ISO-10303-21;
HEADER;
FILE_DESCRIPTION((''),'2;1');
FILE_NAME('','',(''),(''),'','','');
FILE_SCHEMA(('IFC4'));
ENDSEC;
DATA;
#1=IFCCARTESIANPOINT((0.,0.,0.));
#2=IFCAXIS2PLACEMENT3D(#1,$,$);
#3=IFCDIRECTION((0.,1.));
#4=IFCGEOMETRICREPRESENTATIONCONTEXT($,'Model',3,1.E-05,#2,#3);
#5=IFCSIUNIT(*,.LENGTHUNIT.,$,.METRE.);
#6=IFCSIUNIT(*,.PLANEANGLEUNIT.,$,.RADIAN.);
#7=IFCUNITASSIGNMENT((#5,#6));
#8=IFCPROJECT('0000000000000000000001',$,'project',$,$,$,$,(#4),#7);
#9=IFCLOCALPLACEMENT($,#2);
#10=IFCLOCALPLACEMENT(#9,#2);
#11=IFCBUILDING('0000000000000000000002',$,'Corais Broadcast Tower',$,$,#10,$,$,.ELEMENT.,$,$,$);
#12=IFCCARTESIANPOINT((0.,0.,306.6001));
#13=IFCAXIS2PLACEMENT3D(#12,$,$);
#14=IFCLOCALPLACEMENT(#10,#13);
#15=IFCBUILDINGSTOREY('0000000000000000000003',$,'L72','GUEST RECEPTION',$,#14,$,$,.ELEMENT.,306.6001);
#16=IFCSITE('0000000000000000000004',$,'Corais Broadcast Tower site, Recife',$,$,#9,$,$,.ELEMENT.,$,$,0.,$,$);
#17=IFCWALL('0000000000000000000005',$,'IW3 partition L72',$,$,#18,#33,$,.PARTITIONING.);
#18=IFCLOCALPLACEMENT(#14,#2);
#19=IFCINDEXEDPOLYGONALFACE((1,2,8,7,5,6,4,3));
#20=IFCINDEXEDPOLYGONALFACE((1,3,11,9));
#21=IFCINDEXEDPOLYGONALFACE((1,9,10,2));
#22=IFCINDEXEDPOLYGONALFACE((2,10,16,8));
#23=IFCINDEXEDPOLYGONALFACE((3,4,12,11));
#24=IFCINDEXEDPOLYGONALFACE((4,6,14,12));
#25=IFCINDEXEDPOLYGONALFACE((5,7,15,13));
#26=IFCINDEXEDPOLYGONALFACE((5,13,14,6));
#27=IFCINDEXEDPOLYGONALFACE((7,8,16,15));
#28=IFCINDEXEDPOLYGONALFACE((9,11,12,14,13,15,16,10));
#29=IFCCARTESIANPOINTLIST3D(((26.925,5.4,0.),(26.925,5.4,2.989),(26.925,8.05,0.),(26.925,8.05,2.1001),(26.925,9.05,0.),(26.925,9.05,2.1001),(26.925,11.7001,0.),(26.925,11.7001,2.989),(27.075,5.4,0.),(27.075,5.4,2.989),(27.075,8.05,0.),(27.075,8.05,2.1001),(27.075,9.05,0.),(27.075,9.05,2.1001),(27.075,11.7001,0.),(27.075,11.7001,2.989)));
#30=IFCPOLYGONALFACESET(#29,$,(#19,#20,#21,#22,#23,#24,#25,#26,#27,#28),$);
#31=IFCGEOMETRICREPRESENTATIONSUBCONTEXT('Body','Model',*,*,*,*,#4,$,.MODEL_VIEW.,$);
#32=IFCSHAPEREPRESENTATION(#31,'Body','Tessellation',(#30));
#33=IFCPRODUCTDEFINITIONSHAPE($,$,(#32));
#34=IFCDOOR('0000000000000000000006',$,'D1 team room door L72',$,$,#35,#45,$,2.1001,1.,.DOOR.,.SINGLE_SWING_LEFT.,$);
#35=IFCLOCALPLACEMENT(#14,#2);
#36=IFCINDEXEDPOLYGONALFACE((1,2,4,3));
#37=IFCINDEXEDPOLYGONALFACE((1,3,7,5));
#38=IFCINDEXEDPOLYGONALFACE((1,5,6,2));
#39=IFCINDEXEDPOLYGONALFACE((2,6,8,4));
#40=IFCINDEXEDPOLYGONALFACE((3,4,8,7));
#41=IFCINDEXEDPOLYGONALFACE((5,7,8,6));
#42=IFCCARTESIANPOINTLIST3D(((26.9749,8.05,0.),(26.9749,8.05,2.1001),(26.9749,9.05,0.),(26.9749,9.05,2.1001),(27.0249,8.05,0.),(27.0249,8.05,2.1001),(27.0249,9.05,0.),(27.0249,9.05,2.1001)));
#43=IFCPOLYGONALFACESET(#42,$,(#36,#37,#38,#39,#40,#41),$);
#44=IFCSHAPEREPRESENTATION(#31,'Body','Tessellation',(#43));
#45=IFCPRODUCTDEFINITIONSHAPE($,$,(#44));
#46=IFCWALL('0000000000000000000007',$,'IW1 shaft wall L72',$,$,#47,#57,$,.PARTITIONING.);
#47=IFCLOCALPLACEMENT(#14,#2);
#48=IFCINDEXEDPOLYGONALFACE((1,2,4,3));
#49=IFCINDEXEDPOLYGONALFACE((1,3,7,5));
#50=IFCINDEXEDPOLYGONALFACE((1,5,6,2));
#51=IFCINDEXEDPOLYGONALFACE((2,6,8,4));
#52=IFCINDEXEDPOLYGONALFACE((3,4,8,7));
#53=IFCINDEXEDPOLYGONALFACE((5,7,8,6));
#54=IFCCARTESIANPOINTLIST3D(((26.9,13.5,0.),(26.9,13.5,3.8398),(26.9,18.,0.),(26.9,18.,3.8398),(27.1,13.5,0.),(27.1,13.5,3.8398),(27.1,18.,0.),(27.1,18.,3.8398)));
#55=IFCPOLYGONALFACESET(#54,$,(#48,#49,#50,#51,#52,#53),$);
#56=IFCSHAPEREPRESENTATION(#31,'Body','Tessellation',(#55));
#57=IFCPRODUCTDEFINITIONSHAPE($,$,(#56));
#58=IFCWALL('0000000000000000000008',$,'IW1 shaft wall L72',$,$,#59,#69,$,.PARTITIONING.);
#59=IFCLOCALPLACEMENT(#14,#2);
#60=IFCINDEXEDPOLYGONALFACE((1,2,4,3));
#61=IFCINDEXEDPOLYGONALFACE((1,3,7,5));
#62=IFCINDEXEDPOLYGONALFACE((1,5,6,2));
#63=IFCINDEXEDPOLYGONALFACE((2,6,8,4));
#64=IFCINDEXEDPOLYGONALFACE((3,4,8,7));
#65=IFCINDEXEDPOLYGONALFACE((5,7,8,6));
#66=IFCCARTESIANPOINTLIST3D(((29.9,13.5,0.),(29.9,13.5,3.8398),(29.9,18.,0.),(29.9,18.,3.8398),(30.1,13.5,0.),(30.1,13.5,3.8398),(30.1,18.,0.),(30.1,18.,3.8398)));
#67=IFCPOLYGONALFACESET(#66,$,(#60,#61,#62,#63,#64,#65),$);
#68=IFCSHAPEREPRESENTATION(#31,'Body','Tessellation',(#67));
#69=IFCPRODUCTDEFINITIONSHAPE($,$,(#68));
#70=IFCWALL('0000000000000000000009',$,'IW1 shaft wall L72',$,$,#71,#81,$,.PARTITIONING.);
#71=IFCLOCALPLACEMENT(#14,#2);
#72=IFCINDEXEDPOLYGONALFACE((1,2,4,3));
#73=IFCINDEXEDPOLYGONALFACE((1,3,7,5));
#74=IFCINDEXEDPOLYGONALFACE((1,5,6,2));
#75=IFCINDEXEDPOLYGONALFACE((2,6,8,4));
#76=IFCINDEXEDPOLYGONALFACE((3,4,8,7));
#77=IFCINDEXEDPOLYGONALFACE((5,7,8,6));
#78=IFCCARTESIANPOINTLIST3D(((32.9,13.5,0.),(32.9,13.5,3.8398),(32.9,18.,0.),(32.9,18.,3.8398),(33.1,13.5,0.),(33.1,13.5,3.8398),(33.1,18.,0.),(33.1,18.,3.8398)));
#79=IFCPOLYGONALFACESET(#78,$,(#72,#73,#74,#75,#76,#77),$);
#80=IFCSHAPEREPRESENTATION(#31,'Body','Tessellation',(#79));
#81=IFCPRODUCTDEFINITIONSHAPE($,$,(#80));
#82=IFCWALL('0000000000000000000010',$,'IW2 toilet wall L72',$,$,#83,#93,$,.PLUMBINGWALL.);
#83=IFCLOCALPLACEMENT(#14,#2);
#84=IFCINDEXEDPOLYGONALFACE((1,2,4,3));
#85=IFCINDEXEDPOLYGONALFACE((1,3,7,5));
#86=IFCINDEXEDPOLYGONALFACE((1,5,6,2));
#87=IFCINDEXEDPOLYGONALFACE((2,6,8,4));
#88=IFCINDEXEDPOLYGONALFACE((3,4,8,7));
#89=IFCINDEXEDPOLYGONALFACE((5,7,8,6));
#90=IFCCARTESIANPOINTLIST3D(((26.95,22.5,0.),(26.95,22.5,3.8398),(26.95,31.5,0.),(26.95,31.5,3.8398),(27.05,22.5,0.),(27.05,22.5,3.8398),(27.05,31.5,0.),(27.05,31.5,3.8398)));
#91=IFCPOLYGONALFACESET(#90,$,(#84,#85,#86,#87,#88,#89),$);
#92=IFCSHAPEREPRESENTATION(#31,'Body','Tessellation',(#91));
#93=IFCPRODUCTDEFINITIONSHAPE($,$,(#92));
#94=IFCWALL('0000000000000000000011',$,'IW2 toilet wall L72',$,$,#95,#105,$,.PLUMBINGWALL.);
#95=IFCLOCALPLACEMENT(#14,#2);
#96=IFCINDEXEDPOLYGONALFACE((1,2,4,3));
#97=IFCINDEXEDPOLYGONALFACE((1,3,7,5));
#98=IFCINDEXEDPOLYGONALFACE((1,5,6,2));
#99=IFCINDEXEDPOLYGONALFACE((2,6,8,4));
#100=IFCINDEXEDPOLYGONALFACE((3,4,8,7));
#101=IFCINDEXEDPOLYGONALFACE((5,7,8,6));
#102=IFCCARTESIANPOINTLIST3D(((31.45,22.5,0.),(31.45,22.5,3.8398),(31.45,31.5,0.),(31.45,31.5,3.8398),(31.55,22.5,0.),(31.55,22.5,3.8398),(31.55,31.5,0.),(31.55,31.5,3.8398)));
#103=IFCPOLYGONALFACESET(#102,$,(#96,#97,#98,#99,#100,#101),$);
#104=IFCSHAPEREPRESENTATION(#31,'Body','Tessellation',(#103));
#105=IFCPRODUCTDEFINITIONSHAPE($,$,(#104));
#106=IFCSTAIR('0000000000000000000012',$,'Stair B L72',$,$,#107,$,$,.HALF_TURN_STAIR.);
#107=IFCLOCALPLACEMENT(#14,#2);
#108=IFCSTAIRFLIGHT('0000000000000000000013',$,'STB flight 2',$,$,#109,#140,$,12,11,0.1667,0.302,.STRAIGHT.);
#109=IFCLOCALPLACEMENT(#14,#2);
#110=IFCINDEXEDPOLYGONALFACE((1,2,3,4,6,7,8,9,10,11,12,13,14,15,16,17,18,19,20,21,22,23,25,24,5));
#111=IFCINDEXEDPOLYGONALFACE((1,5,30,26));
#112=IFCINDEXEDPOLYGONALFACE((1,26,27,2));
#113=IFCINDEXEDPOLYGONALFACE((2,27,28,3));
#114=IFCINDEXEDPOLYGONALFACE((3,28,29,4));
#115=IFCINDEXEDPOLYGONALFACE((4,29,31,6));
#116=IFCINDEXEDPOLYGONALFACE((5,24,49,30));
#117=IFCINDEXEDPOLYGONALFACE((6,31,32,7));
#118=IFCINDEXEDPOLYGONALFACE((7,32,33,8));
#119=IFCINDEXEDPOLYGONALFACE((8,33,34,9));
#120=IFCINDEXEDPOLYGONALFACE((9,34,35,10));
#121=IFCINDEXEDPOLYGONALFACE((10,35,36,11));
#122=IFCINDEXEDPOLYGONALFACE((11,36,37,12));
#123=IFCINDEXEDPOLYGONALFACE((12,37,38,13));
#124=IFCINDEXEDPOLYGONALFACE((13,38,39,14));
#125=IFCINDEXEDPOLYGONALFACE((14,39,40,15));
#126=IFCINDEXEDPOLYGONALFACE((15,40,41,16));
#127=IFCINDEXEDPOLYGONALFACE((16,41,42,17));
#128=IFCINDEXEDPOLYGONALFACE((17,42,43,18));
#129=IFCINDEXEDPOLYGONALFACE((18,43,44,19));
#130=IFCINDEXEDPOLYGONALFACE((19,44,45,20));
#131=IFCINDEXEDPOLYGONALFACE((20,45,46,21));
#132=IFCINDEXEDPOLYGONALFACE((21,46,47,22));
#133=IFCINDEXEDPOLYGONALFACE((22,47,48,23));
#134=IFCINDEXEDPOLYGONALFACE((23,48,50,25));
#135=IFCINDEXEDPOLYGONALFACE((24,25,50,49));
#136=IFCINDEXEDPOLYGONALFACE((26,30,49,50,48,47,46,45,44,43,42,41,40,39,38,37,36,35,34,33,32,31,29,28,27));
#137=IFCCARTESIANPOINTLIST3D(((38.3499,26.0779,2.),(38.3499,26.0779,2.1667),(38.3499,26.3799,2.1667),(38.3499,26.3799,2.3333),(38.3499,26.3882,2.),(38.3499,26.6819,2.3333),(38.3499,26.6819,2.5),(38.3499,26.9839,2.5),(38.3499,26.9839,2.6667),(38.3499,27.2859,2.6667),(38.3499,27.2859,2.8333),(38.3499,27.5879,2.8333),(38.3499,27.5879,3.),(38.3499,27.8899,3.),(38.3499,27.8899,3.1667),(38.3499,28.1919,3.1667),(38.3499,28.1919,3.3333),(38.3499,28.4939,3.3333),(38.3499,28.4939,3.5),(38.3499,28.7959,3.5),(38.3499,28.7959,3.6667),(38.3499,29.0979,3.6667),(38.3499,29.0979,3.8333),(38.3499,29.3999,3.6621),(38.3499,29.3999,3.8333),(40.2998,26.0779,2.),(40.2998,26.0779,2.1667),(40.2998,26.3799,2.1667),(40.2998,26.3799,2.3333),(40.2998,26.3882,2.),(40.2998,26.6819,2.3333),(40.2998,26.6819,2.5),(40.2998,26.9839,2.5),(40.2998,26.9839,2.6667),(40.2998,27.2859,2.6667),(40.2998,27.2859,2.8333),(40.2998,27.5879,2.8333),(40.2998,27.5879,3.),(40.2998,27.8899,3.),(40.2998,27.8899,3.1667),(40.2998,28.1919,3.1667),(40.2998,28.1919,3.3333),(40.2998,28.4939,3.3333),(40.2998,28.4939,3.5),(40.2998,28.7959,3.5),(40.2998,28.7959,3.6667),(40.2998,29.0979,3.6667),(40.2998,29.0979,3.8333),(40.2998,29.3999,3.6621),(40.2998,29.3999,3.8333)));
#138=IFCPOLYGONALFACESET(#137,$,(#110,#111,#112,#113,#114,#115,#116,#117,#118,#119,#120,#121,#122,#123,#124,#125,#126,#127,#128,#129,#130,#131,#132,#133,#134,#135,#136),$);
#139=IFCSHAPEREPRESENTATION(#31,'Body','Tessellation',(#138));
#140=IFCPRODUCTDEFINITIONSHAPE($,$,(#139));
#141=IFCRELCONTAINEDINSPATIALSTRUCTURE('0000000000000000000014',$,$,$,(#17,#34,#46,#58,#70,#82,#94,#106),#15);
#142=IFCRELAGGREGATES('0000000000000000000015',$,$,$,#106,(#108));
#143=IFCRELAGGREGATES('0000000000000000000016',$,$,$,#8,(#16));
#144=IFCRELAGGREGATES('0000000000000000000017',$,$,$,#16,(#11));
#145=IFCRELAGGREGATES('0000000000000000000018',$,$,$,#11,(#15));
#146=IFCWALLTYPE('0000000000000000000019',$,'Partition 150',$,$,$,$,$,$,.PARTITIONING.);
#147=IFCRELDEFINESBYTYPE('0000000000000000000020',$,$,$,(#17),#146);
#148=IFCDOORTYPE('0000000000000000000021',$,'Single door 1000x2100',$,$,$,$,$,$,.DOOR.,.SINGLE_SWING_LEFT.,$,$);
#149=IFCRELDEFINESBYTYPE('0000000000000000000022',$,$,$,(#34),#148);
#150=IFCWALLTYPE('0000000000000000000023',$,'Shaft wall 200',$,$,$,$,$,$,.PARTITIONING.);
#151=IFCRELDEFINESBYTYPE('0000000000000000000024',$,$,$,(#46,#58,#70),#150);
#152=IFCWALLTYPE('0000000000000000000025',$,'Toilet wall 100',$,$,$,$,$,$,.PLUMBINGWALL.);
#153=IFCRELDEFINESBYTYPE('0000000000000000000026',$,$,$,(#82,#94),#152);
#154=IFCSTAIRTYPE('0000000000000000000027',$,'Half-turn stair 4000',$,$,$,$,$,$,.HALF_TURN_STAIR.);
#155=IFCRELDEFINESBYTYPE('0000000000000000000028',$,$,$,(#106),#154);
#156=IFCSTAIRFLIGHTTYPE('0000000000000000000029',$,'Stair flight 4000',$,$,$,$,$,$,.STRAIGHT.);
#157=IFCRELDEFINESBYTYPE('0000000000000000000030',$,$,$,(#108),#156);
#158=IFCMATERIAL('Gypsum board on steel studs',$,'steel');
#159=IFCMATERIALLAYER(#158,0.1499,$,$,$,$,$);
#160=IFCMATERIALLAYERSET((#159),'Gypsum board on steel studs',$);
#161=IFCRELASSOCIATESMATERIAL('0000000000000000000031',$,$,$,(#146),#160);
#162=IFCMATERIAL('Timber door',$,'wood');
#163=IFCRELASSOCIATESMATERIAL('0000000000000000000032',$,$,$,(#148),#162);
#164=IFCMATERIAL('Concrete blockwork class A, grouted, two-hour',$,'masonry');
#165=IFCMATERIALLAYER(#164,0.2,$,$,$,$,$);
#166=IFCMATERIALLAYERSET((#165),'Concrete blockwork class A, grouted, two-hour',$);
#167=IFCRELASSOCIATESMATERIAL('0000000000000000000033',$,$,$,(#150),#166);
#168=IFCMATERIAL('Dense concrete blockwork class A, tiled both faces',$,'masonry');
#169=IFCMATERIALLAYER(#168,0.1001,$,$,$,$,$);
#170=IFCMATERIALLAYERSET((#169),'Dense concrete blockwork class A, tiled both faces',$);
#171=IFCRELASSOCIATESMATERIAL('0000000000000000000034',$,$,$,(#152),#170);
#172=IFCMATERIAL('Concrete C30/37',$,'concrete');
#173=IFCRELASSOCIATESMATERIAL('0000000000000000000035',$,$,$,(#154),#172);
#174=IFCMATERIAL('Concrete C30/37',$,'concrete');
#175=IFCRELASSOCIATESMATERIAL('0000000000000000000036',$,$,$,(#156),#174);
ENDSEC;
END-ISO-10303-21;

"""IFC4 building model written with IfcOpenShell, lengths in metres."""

from ifc_helpers import new_model, si_unit, direction, frame, frame_2d, origin, place, context, subcontext, project, spatial, polyline, rectangle, outline, extrude, material, layer, layer_set, type_object, element, fill, aggregate, save


model = new_model("IFC4")

# Units and contexts
model_context = context("Model", 3, precision=1e-05, world=origin(), true_north=direction((0.0, 1.0)))
body_context = subcontext(model_context, "Body", "Model", "MODEL_VIEW")
ifc_project = project(units=[si_unit("LENGTHUNIT", "METRE"), si_unit("PLANEANGLEUNIT", "RADIAN")], contexts=[model_context])

# Site, building, storey
site_placement = place(None, origin())
site = spatial("IfcSite", under=ifc_project, at=site_placement, Name="Corais Broadcast Tower site, Recife", CompositionType="ELEMENT", RefElevation=0.0)
building_placement = place(site_placement, origin())
building = spatial("IfcBuilding", under=site, at=building_placement, Name="Corais Broadcast Tower", CompositionType="ELEMENT")
storey_placement = place(building_placement, frame((0.0, 0.0, 306.6001)))
storey = spatial("IfcBuildingStorey", under=building, at=storey_placement, Name="L72", Description="GUEST RECEPTION", CompositionType="ELEMENT", Elevation=306.6001)

# Wall, opening, door
ifc_material_1 = material(Name="Gypsum board on steel studs", Category="steel")
ifc_layer_1 = layer(ifc_material_1, 0.1499)
ifc_layer_set_1 = layer_set([ifc_layer_1], Name="Gypsum board on steel studs")
wall_type_1 = type_object("IfcWallType", Name="Partition 150", PredefinedType="PARTITIONING", material=ifc_layer_set_1)
ifc_material_2 = material(Name="Timber door", Category="wood")
door_type_1 = type_object("IfcDoorType", Name="Single door 1000x2100", OperationType="SINGLE_SWING_LEFT", PredefinedType="DOOR", material=ifc_material_2)
wall_1_placement = place(storey_placement, frame((27.0, 11.7, 0.0), z_axis=(0.0, 0.0, 1.0), x_axis=(0.0, -1.0, 0.0)))
wall_1 = element("IfcWall", 1, at=wall_1_placement, inside=storey, type_object=wall_type_1, Name="IW3 partition L72", PredefinedType="PARTITIONING", context=body_context, shape_type="SweptSolid", body=[
    extrude(rectangle(XDim=6.3, YDim=0.1499, at=frame_2d((3.1499, 0.0))), origin(), (0.0, 0.0, 1.0), 2.989),
])
opening_1_placement = place(wall_1_placement, frame((2.6499, 0.0, 0.0)))
opening_1 = element("IfcOpeningElement", 2, at=opening_1_placement, cuts=wall_1, PredefinedType="OPENING", context=body_context, shape_type="SweptSolid", body=[
    extrude(rectangle(XDim=1.0, YDim=2.1001, at=frame_2d((0.5, 1.05))), frame((0.0, 0.085, 0.0), z_axis=(0.0, -1.0, 0.0), x_axis=(1.0, 0.0, 0.0)), (0.0, 0.0, 1.0), 0.1699),
])
door_1_placement = place(opening_1_placement, origin())
door_1 = element("IfcDoor", 3, at=door_1_placement, inside=storey, type_object=door_type_1, Name="D1 team room door L72", OperationType="SINGLE_SWING_LEFT", OverallHeight=2.1001, OverallWidth=1.0, PredefinedType="DOOR", context=body_context, shape_type="SweptSolid", body=[
    extrude(rectangle(XDim=1.0, YDim=2.1001, at=frame_2d((0.5, 1.05))), frame((0.0, 0.0249, 0.0), z_axis=(0.0, -1.0, 0.0), x_axis=(1.0, 0.0, 0.0)), (0.0, 0.0, 1.0), 0.05),
])
fill(opening_1, door_1)

# Walls
ifc_material_3 = material(Name="Concrete blockwork class A, grouted, two-hour", Category="masonry")
ifc_layer_2 = layer(ifc_material_3, 0.2)
ifc_layer_set_2 = layer_set([ifc_layer_2], Name="Concrete blockwork class A, grouted, two-hour")
wall_type_2 = type_object("IfcWallType", Name="Shaft wall 200", PredefinedType="PARTITIONING", material=ifc_layer_set_2)
for number, where, z_axis, x_axis, name in (
    (4, (27.0, 13.5, 0.0), (0.0, 0.0, 1.0), (0.0, 1.0, 0.0), "IW1 shaft wall L72"),
    (5, (30.0, 13.5, 0.0), (0.0, 0.0, 1.0), (0.0, 1.0, 0.0), "IW1 shaft wall L72"),
    (6, (33.0, 13.5, 0.0), (0.0, 0.0, 1.0), (0.0, 1.0, 0.0), "IW1 shaft wall L72"),
):
    element("IfcWall", number, at=place(storey_placement, frame(where, z_axis=z_axis, x_axis=x_axis)), inside=storey, type_object=wall_type_2, Name=name, PredefinedType="PARTITIONING", context=body_context, shape_type="SweptSolid", body=[
        extrude(rectangle(XDim=4.5, YDim=0.2, at=frame_2d((2.25, 0.0))), origin(), (0.0, 0.0, 1.0), 3.8398),
    ])
ifc_material_4 = material(Name="Dense concrete blockwork class A, tiled both faces", Category="masonry")
ifc_layer_3 = layer(ifc_material_4, 0.1001)
ifc_layer_set_3 = layer_set([ifc_layer_3], Name="Dense concrete blockwork class A, tiled both faces")
wall_type_3 = type_object("IfcWallType", Name="Toilet wall 100", PredefinedType="PLUMBINGWALL", material=ifc_layer_set_3)
for number, where, z_axis, x_axis, name in (
    (7, (27.0, 22.5, 0.0), (0.0, 0.0, 1.0), (0.0, 1.0, 0.0), "IW2 toilet wall L72"),
    (8, (31.5, 22.5, 0.0), (0.0, 0.0, 1.0), (0.0, 1.0, 0.0), "IW2 toilet wall L72"),
):
    element("IfcWall", number, at=place(storey_placement, frame(where, z_axis=z_axis, x_axis=x_axis)), inside=storey, type_object=wall_type_3, Name=name, PredefinedType="PLUMBINGWALL", context=body_context, shape_type="SweptSolid", body=[
        extrude(rectangle(XDim=9.0, YDim=0.1001, at=frame_2d((4.5, 0.0))), origin(), (0.0, 0.0, 1.0), 3.8398),
    ])

# Stair, stair flight
ifc_material_5 = material(Name="Concrete C30/37", Category="concrete")
stair_type = type_object("IfcStairType", Name="Half-turn stair 4000", PredefinedType="HALF_TURN_STAIR", material=ifc_material_5)
stair_placement = place(storey_placement, origin())
stair = element("IfcStair", 9, at=stair_placement, inside=storey, type_object=stair_type, Name="Stair B L72", PredefinedType="HALF_TURN_STAIR")
ifc_material_6 = material(Name="Concrete C30/37", Category="concrete")
stair_flight_type = type_object("IfcStairFlightType", Name="Stair flight 4000", PredefinedType="STRAIGHT", material=ifc_material_6)
stair_flight_placement = place(storey_placement, frame((39.325, 26.0779, 2.0), z_axis=(0.0, 0.0, 1.0), x_axis=(0.0, 1.0, 0.0)))
stair_flight = element("IfcStairFlight", 10, at=stair_flight_placement, type_object=stair_flight_type, Name="STB flight 2", NumberOfRisers=12, NumberOfTreads=11, PredefinedType="STRAIGHT", RiserHeight=0.1667, TreadLength=0.302, context=body_context, shape_type="SweptSolid", body=[
    extrude(outline(polyline([(0.0, 0.0), (0.0, 0.1667), (0.302, 0.1667), (0.302, 0.3333), (0.604, 0.3333), (0.604, 0.5), (0.906, 0.5), (0.906, 0.6667), (1.208, 0.6667), (1.208, 0.8333), (1.51, 0.8333), (1.51, 1.0), (1.812, 1.0), (1.812, 1.1667), (2.114, 1.1667), (2.114, 1.3333), (2.416, 1.3333), (2.416, 1.5), (2.718, 1.5), (2.718, 1.6667), (3.02, 1.6667), (3.02, 1.8333), (3.322, 1.8333), (3.322, 2.0), (3.322, 1.6621), (0.3103, 0.0), (0.0, 0.0)])), frame((0.0, 0.9751, 0.0), z_axis=(0.0, -1.0, 0.0), x_axis=(1.0, 0.0, 0.0)), (0.0, 0.0, 1.0), 1.95),
])
aggregate(stair, [stair_flight])

save(model, "model.ifc")
